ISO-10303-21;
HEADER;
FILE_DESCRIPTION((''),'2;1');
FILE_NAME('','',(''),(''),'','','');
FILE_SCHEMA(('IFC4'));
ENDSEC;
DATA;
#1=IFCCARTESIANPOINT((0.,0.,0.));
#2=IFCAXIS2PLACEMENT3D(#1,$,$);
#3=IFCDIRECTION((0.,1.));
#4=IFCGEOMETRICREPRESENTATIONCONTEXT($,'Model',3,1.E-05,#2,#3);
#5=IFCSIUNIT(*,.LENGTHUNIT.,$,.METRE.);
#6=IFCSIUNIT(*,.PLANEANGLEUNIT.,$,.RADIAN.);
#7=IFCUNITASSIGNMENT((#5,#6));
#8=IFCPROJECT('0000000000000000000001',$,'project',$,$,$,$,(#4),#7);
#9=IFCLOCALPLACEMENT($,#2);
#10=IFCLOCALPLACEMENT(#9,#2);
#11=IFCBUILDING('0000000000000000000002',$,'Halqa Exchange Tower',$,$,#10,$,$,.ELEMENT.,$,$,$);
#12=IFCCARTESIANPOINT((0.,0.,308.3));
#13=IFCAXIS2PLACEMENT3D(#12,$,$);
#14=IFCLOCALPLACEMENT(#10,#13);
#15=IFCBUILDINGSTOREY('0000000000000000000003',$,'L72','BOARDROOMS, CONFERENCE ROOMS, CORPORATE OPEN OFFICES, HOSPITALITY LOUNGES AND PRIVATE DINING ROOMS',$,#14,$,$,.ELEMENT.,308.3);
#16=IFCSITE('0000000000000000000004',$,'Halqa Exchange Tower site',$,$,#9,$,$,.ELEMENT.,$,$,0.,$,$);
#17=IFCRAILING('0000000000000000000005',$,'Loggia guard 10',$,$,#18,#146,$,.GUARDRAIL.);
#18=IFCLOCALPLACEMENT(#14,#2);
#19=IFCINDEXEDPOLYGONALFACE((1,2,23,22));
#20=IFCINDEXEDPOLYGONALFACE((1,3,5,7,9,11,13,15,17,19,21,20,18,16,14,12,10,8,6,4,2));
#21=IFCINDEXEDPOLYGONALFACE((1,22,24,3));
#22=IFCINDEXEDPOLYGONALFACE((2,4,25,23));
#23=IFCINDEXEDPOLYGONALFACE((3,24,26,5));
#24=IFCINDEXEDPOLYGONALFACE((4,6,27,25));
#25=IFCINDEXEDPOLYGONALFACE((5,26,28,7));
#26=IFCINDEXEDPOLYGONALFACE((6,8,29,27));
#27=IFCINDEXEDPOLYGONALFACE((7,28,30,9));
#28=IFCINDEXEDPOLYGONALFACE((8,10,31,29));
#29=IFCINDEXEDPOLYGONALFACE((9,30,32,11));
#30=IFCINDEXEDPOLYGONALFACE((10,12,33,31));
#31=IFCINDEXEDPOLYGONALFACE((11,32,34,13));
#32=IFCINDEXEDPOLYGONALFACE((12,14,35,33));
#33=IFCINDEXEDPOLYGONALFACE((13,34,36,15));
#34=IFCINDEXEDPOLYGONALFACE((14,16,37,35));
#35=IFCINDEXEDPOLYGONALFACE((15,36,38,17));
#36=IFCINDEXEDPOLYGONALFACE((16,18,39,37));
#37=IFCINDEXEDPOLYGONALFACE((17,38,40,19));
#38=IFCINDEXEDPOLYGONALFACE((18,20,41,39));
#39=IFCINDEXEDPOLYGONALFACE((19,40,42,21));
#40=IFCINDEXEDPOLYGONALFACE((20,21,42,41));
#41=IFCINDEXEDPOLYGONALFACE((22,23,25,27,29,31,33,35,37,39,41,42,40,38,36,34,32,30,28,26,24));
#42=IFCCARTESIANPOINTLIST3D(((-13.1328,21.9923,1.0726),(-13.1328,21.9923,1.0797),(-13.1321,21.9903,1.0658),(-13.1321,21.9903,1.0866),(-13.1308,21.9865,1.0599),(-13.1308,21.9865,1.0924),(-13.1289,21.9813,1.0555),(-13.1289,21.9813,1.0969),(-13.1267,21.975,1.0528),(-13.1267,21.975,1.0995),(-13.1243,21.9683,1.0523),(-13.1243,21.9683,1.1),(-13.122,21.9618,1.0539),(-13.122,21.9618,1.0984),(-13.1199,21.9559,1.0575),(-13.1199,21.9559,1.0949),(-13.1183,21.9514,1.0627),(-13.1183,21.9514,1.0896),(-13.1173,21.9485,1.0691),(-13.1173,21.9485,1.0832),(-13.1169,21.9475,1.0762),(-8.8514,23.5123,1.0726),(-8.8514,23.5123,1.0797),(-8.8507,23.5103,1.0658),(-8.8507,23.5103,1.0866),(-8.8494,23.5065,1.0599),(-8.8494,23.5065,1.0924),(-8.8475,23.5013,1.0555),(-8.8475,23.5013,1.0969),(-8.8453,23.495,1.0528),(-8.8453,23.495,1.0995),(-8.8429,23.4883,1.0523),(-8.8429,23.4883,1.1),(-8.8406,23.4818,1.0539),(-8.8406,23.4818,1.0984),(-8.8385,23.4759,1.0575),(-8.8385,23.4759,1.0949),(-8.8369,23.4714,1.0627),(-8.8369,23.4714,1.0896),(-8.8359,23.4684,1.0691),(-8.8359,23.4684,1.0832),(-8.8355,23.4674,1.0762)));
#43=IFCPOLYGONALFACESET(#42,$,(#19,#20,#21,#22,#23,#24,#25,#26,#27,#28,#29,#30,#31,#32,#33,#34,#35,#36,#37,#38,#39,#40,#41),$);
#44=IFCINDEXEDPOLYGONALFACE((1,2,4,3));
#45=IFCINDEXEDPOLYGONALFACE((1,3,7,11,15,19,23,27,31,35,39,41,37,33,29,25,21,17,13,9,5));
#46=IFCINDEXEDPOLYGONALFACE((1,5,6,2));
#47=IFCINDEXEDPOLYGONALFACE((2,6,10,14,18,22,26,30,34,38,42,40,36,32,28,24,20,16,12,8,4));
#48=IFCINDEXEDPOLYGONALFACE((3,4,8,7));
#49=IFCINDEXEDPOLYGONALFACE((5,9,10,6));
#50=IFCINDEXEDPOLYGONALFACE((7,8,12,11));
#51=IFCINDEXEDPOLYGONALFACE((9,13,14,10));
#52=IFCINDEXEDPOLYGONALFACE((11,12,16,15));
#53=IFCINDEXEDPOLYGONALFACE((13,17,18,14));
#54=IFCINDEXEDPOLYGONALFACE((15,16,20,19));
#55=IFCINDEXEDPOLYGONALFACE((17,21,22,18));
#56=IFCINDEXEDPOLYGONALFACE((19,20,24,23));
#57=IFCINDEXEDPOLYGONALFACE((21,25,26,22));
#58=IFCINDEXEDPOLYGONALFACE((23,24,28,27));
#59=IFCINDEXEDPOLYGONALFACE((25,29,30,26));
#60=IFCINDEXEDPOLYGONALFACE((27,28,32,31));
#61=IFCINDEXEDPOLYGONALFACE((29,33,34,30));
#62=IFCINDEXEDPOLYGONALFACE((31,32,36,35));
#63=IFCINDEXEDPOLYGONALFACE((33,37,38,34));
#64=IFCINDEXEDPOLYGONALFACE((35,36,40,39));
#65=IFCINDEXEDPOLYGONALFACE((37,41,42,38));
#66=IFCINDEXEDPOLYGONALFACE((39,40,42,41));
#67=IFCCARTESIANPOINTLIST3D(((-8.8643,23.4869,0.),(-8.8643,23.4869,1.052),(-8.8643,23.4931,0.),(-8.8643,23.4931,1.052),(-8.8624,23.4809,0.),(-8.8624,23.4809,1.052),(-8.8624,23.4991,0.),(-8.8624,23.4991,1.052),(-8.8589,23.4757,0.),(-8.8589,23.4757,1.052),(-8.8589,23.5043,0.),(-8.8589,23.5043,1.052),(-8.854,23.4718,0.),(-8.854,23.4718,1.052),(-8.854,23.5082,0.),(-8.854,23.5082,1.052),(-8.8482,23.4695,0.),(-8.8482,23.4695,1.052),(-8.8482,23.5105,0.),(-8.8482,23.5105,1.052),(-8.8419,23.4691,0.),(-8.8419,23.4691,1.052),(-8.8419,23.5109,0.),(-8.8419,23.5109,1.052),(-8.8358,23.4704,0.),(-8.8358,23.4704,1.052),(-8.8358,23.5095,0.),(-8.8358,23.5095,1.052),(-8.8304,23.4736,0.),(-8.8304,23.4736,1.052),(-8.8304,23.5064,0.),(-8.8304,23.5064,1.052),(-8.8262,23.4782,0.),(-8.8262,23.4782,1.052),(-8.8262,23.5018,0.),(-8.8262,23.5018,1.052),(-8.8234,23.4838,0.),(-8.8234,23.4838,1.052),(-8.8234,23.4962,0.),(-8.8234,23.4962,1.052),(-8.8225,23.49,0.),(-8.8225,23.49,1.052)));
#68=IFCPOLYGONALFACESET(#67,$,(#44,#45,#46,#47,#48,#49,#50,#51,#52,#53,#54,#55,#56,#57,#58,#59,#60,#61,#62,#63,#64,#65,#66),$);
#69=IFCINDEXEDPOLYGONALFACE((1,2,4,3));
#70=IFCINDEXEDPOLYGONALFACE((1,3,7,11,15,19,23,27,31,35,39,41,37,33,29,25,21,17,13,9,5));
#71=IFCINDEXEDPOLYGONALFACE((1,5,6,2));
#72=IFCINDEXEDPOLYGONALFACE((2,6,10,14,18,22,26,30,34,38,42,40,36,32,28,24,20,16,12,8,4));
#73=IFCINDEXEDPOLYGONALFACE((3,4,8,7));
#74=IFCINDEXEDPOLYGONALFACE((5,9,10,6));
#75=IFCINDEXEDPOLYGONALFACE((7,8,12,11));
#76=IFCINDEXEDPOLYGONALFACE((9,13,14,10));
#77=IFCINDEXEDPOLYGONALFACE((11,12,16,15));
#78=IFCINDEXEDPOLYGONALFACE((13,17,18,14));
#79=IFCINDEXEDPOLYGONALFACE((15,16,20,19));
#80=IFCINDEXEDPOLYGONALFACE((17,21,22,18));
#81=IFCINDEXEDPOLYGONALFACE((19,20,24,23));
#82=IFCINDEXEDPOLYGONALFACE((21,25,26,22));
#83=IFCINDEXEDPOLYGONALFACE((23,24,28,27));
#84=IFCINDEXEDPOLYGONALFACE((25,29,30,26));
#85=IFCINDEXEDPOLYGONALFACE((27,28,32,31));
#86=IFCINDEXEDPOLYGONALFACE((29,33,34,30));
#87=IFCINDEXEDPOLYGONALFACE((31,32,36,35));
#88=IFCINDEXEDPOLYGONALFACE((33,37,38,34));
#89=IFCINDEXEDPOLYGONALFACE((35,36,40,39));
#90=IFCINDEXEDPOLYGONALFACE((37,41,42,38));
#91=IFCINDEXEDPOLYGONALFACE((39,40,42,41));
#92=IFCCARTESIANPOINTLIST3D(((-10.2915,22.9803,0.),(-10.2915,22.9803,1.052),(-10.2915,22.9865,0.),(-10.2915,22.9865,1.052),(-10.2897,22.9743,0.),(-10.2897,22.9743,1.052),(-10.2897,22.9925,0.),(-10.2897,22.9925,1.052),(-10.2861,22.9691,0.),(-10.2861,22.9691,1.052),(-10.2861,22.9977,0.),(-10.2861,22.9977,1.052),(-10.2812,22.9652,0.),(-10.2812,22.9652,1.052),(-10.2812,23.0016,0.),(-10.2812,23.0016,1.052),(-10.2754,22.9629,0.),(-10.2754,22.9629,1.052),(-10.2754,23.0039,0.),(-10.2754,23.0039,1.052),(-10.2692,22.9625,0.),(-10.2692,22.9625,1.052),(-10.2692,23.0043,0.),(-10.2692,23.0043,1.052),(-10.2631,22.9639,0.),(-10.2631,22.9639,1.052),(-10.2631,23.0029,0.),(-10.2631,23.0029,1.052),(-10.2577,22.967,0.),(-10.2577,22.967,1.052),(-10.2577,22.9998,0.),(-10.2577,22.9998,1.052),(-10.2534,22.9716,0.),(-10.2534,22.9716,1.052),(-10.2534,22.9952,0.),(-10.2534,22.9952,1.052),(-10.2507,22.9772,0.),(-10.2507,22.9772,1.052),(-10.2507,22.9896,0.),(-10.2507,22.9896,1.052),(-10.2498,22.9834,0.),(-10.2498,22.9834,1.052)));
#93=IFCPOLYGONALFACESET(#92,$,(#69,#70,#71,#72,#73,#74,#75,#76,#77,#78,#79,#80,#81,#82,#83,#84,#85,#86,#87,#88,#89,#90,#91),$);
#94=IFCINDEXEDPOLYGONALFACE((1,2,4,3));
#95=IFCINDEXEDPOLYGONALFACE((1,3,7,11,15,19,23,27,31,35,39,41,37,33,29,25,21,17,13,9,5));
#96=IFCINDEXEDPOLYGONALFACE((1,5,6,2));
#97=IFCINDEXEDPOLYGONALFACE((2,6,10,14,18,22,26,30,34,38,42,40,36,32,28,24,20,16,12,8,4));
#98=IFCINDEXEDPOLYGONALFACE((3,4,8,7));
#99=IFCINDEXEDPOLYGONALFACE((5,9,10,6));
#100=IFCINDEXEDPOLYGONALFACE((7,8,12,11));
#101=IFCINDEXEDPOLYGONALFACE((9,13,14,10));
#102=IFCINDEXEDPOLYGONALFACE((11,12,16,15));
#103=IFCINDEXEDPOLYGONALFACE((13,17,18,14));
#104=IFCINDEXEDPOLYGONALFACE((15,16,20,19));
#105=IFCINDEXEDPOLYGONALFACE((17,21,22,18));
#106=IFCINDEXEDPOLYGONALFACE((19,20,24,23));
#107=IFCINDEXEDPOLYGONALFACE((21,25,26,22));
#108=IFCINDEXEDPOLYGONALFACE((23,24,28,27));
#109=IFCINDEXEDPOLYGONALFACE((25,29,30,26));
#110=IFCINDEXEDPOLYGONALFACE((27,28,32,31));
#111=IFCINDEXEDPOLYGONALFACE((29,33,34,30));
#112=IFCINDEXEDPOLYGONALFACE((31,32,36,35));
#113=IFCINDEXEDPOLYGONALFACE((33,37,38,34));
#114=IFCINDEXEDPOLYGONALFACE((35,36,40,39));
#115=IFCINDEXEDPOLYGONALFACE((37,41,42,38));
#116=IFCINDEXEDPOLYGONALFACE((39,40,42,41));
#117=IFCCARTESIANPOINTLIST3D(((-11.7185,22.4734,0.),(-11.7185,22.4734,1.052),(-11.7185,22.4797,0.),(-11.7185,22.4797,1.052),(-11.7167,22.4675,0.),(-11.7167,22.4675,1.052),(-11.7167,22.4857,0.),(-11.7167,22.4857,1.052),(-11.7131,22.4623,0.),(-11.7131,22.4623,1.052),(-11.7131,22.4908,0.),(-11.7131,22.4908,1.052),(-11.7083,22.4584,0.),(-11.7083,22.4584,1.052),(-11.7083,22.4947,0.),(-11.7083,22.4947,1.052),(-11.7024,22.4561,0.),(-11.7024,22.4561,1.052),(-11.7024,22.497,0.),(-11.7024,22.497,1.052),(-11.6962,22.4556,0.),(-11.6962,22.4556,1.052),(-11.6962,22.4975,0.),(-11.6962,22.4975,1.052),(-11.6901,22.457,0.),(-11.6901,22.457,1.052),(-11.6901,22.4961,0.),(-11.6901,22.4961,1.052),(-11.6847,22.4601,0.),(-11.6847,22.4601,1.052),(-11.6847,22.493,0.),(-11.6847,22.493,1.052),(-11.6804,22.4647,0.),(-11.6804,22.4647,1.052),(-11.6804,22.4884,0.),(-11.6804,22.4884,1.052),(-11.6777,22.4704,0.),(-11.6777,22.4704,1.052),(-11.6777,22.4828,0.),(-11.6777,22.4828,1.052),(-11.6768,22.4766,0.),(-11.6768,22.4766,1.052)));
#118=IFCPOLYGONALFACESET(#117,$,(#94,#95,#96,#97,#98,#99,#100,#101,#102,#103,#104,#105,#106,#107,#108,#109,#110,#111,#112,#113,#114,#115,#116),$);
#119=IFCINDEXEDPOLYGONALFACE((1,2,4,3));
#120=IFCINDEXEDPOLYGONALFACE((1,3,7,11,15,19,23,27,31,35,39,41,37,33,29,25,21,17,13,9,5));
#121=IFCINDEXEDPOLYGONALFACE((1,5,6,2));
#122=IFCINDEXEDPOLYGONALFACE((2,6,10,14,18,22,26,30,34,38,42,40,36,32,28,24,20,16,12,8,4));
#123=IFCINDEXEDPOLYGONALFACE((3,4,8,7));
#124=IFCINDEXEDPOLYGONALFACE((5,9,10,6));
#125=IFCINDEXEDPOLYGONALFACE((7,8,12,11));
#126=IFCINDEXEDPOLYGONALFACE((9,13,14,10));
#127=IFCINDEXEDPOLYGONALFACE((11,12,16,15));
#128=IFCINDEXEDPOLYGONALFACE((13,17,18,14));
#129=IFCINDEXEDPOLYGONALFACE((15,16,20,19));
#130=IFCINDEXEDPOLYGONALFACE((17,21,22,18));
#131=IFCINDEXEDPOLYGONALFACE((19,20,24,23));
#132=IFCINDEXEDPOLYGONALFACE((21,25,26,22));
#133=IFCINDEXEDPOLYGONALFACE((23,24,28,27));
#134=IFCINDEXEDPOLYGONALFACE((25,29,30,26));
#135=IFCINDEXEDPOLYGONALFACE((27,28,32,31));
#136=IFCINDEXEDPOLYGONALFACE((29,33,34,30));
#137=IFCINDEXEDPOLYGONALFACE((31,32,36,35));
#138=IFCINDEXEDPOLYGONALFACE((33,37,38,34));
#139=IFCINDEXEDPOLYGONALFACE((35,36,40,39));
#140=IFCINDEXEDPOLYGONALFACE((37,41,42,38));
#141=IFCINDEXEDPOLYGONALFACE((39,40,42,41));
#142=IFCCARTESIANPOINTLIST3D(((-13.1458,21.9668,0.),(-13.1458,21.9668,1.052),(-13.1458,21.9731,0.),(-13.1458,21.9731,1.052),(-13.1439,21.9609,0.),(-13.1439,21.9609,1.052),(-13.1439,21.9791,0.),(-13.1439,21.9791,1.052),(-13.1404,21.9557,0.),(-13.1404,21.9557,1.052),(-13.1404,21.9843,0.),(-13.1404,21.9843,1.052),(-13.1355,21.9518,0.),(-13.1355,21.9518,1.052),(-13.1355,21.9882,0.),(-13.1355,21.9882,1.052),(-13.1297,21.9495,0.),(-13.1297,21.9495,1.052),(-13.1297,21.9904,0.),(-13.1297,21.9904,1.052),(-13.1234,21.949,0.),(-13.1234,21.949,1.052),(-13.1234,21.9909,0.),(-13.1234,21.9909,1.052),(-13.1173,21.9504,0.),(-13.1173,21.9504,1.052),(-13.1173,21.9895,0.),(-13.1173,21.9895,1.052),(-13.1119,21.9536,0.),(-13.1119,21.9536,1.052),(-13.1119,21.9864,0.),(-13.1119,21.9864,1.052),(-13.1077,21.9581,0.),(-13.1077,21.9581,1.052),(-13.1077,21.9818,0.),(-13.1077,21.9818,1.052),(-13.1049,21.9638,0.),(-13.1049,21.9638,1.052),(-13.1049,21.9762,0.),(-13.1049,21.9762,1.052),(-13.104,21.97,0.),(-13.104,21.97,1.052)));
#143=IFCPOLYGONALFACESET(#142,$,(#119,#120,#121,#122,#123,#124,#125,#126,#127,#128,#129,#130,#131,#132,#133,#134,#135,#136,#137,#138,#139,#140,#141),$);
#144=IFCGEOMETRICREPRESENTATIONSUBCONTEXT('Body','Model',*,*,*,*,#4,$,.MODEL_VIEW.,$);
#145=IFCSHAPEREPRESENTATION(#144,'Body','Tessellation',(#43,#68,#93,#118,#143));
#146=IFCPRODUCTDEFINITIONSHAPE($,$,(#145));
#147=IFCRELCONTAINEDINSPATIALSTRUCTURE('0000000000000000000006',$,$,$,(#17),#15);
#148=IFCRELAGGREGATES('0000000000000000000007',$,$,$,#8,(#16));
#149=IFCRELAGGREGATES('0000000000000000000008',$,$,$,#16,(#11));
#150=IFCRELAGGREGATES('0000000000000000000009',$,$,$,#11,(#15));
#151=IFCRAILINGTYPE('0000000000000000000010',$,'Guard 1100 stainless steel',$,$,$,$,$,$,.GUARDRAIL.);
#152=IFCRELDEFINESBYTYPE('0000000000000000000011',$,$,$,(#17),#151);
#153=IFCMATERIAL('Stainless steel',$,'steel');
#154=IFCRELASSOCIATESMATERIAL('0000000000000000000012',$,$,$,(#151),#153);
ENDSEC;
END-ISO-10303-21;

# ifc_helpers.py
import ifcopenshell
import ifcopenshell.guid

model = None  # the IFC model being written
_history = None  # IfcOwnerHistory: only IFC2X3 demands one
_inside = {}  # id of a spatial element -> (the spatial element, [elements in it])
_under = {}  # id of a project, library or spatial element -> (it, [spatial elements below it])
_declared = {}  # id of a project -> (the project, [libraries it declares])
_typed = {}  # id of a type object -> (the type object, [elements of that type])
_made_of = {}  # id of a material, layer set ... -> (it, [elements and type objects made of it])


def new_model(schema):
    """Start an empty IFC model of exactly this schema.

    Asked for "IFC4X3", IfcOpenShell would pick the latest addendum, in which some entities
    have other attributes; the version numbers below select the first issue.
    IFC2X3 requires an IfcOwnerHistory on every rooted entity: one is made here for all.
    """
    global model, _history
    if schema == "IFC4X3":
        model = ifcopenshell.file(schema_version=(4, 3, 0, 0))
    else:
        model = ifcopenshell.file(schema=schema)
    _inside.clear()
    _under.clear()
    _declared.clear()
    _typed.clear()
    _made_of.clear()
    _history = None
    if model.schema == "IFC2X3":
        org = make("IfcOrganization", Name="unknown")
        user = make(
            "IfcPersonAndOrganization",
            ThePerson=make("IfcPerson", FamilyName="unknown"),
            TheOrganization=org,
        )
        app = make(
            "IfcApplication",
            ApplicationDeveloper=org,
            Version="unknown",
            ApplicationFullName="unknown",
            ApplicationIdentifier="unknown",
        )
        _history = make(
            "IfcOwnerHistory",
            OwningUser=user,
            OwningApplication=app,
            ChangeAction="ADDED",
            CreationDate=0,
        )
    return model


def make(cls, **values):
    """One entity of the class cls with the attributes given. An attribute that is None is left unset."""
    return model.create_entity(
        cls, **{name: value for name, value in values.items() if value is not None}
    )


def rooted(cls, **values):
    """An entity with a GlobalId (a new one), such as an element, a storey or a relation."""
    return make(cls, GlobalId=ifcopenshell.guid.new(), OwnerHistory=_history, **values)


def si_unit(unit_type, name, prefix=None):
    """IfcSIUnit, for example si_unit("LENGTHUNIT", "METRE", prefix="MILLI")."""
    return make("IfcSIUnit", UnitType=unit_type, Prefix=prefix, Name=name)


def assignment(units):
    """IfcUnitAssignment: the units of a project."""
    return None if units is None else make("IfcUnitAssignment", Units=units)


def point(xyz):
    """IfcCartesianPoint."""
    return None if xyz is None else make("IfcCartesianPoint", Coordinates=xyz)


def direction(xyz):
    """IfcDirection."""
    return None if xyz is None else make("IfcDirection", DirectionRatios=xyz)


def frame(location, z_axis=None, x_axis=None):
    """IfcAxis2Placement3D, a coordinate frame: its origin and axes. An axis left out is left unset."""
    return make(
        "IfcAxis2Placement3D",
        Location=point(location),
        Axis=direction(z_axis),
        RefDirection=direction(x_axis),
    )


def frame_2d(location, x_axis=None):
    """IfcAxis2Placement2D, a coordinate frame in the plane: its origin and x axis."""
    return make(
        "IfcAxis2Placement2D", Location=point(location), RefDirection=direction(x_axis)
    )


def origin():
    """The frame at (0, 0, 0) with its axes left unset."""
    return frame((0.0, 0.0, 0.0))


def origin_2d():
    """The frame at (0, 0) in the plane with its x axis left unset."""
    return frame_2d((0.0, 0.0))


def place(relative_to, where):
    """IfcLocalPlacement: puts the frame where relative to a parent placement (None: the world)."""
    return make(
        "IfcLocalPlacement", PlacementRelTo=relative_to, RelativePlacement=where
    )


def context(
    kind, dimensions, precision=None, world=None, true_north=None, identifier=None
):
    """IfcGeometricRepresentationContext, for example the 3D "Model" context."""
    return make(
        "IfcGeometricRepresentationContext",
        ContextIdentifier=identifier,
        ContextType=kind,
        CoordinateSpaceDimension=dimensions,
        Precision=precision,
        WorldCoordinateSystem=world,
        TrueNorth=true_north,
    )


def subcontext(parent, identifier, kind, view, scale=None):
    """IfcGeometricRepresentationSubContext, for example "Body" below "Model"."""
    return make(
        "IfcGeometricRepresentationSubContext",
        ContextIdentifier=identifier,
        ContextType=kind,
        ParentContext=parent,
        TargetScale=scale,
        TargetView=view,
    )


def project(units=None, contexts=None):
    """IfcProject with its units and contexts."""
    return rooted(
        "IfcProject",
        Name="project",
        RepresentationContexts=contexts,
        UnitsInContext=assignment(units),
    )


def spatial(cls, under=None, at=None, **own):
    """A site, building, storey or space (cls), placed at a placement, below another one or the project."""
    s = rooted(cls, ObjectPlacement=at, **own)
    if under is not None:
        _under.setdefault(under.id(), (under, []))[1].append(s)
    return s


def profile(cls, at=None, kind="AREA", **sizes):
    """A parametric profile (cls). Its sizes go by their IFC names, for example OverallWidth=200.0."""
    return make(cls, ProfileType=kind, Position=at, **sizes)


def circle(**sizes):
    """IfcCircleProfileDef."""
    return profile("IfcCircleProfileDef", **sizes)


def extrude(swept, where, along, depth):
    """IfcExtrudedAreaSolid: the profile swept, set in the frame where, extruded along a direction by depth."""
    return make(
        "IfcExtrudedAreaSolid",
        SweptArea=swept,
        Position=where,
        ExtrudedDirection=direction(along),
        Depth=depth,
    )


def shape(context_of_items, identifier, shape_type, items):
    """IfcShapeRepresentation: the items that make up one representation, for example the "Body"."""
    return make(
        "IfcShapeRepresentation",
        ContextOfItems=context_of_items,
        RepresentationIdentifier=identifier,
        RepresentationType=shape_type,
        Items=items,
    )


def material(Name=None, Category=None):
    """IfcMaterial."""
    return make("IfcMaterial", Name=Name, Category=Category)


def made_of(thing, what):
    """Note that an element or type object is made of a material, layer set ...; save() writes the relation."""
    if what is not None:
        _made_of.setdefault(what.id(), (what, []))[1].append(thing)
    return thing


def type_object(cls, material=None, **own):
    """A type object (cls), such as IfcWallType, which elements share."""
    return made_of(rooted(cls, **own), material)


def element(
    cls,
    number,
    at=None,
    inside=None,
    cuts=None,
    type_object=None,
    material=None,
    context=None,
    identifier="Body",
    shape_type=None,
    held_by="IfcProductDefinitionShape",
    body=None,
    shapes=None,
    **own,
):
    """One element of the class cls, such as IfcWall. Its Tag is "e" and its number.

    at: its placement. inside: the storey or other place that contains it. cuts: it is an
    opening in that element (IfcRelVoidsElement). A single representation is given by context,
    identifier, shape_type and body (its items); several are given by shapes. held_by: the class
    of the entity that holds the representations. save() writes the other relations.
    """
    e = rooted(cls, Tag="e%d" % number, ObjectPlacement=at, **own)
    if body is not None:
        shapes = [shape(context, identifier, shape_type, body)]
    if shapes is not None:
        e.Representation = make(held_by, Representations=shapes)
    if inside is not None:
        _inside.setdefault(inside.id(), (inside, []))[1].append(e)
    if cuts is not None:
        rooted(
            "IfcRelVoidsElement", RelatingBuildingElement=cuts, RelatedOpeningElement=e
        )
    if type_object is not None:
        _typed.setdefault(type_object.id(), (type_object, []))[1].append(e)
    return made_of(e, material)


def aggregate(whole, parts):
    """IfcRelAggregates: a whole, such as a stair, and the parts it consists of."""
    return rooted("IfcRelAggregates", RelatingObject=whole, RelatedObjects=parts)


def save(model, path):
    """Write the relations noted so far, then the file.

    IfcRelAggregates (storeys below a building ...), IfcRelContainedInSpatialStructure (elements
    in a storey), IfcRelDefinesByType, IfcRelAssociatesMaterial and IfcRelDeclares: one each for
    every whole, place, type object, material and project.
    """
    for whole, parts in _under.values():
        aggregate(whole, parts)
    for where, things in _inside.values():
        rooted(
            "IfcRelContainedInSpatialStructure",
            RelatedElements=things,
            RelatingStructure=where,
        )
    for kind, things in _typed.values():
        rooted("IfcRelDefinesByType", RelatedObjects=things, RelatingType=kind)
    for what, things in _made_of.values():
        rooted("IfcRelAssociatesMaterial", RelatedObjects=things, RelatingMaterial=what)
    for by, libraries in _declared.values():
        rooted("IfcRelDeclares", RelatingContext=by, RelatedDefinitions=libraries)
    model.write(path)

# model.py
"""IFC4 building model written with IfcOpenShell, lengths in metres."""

from ifc_helpers import new_model, si_unit, direction, frame, origin, origin_2d, place, context, subcontext, project, spatial, circle, extrude, material, type_object, element, save


model = new_model("IFC4")

# Units and contexts
model_context = context("Model", 3, precision=1e-05, world=origin(), true_north=direction((0.0, 1.0)))
body_context = subcontext(model_context, "Body", "Model", "MODEL_VIEW")
ifc_project = project(units=[si_unit("LENGTHUNIT", "METRE"), si_unit("PLANEANGLEUNIT", "RADIAN")], contexts=[model_context])

# Site, building, storey
site_placement = place(None, origin())
site = spatial("IfcSite", under=ifc_project, at=site_placement, Name="Halqa Exchange Tower site", CompositionType="ELEMENT", RefElevation=0.0)
building_placement = place(site_placement, origin())
building = spatial("IfcBuilding", under=site, at=building_placement, Name="Halqa Exchange Tower", CompositionType="ELEMENT")
storey_placement = place(building_placement, frame((0.0, 0.0, 308.3)))
storey = spatial("IfcBuildingStorey", under=building, at=storey_placement, Name="L72", Description="BOARDROOMS, CONFERENCE ROOMS, CORPORATE OPEN OFFICES, HOSPITALITY LOUNGES AND PRIVATE DINING ROOMS", CompositionType="ELEMENT", Elevation=308.3)

# Railing
ifc_material_1 = material(Name="Stainless steel", Category="steel")
railing_type_1 = type_object("IfcRailingType", Name="Guard 1100 stainless steel", PredefinedType="GUARDRAIL", material=ifc_material_1)
railing_1_placement = place(storey_placement, frame((-8.8435, 23.49, 0.0)))
element("IfcRailing", 1, at=railing_1_placement, inside=storey, type_object=railing_type_1, Name="Loggia guard 10", PredefinedType="GUARDRAIL", context=body_context, shape_type="SweptSolid", body=[
    extrude(circle(Radius=0.0239, at=origin_2d()), frame((0.0, 0.0, 1.0762), z_axis=(-0.942374, -0.334562, 0.0), x_axis=(0.334562, -0.942374, 0.0)), (0.0, 0.0, 1.0), 4.5432),
    extrude(circle(Radius=0.021, at=origin_2d()), origin(), (0.0, 0.0, 1.0), 1.052),
    extrude(circle(Radius=0.021, at=origin_2d()), frame((-1.4272, -0.5066, 0.0)), (0.0, 0.0, 1.0), 1.052),
    extrude(circle(Radius=0.021, at=origin_2d()), frame((-2.8542, -1.0134, 0.0)), (0.0, 0.0, 1.0), 1.052),
    extrude(circle(Radius=0.021, at=origin_2d()), frame((-4.2815, -1.52, 0.0)), (0.0, 0.0, 1.0), 1.052),
])

save(model, "model.ifc")
